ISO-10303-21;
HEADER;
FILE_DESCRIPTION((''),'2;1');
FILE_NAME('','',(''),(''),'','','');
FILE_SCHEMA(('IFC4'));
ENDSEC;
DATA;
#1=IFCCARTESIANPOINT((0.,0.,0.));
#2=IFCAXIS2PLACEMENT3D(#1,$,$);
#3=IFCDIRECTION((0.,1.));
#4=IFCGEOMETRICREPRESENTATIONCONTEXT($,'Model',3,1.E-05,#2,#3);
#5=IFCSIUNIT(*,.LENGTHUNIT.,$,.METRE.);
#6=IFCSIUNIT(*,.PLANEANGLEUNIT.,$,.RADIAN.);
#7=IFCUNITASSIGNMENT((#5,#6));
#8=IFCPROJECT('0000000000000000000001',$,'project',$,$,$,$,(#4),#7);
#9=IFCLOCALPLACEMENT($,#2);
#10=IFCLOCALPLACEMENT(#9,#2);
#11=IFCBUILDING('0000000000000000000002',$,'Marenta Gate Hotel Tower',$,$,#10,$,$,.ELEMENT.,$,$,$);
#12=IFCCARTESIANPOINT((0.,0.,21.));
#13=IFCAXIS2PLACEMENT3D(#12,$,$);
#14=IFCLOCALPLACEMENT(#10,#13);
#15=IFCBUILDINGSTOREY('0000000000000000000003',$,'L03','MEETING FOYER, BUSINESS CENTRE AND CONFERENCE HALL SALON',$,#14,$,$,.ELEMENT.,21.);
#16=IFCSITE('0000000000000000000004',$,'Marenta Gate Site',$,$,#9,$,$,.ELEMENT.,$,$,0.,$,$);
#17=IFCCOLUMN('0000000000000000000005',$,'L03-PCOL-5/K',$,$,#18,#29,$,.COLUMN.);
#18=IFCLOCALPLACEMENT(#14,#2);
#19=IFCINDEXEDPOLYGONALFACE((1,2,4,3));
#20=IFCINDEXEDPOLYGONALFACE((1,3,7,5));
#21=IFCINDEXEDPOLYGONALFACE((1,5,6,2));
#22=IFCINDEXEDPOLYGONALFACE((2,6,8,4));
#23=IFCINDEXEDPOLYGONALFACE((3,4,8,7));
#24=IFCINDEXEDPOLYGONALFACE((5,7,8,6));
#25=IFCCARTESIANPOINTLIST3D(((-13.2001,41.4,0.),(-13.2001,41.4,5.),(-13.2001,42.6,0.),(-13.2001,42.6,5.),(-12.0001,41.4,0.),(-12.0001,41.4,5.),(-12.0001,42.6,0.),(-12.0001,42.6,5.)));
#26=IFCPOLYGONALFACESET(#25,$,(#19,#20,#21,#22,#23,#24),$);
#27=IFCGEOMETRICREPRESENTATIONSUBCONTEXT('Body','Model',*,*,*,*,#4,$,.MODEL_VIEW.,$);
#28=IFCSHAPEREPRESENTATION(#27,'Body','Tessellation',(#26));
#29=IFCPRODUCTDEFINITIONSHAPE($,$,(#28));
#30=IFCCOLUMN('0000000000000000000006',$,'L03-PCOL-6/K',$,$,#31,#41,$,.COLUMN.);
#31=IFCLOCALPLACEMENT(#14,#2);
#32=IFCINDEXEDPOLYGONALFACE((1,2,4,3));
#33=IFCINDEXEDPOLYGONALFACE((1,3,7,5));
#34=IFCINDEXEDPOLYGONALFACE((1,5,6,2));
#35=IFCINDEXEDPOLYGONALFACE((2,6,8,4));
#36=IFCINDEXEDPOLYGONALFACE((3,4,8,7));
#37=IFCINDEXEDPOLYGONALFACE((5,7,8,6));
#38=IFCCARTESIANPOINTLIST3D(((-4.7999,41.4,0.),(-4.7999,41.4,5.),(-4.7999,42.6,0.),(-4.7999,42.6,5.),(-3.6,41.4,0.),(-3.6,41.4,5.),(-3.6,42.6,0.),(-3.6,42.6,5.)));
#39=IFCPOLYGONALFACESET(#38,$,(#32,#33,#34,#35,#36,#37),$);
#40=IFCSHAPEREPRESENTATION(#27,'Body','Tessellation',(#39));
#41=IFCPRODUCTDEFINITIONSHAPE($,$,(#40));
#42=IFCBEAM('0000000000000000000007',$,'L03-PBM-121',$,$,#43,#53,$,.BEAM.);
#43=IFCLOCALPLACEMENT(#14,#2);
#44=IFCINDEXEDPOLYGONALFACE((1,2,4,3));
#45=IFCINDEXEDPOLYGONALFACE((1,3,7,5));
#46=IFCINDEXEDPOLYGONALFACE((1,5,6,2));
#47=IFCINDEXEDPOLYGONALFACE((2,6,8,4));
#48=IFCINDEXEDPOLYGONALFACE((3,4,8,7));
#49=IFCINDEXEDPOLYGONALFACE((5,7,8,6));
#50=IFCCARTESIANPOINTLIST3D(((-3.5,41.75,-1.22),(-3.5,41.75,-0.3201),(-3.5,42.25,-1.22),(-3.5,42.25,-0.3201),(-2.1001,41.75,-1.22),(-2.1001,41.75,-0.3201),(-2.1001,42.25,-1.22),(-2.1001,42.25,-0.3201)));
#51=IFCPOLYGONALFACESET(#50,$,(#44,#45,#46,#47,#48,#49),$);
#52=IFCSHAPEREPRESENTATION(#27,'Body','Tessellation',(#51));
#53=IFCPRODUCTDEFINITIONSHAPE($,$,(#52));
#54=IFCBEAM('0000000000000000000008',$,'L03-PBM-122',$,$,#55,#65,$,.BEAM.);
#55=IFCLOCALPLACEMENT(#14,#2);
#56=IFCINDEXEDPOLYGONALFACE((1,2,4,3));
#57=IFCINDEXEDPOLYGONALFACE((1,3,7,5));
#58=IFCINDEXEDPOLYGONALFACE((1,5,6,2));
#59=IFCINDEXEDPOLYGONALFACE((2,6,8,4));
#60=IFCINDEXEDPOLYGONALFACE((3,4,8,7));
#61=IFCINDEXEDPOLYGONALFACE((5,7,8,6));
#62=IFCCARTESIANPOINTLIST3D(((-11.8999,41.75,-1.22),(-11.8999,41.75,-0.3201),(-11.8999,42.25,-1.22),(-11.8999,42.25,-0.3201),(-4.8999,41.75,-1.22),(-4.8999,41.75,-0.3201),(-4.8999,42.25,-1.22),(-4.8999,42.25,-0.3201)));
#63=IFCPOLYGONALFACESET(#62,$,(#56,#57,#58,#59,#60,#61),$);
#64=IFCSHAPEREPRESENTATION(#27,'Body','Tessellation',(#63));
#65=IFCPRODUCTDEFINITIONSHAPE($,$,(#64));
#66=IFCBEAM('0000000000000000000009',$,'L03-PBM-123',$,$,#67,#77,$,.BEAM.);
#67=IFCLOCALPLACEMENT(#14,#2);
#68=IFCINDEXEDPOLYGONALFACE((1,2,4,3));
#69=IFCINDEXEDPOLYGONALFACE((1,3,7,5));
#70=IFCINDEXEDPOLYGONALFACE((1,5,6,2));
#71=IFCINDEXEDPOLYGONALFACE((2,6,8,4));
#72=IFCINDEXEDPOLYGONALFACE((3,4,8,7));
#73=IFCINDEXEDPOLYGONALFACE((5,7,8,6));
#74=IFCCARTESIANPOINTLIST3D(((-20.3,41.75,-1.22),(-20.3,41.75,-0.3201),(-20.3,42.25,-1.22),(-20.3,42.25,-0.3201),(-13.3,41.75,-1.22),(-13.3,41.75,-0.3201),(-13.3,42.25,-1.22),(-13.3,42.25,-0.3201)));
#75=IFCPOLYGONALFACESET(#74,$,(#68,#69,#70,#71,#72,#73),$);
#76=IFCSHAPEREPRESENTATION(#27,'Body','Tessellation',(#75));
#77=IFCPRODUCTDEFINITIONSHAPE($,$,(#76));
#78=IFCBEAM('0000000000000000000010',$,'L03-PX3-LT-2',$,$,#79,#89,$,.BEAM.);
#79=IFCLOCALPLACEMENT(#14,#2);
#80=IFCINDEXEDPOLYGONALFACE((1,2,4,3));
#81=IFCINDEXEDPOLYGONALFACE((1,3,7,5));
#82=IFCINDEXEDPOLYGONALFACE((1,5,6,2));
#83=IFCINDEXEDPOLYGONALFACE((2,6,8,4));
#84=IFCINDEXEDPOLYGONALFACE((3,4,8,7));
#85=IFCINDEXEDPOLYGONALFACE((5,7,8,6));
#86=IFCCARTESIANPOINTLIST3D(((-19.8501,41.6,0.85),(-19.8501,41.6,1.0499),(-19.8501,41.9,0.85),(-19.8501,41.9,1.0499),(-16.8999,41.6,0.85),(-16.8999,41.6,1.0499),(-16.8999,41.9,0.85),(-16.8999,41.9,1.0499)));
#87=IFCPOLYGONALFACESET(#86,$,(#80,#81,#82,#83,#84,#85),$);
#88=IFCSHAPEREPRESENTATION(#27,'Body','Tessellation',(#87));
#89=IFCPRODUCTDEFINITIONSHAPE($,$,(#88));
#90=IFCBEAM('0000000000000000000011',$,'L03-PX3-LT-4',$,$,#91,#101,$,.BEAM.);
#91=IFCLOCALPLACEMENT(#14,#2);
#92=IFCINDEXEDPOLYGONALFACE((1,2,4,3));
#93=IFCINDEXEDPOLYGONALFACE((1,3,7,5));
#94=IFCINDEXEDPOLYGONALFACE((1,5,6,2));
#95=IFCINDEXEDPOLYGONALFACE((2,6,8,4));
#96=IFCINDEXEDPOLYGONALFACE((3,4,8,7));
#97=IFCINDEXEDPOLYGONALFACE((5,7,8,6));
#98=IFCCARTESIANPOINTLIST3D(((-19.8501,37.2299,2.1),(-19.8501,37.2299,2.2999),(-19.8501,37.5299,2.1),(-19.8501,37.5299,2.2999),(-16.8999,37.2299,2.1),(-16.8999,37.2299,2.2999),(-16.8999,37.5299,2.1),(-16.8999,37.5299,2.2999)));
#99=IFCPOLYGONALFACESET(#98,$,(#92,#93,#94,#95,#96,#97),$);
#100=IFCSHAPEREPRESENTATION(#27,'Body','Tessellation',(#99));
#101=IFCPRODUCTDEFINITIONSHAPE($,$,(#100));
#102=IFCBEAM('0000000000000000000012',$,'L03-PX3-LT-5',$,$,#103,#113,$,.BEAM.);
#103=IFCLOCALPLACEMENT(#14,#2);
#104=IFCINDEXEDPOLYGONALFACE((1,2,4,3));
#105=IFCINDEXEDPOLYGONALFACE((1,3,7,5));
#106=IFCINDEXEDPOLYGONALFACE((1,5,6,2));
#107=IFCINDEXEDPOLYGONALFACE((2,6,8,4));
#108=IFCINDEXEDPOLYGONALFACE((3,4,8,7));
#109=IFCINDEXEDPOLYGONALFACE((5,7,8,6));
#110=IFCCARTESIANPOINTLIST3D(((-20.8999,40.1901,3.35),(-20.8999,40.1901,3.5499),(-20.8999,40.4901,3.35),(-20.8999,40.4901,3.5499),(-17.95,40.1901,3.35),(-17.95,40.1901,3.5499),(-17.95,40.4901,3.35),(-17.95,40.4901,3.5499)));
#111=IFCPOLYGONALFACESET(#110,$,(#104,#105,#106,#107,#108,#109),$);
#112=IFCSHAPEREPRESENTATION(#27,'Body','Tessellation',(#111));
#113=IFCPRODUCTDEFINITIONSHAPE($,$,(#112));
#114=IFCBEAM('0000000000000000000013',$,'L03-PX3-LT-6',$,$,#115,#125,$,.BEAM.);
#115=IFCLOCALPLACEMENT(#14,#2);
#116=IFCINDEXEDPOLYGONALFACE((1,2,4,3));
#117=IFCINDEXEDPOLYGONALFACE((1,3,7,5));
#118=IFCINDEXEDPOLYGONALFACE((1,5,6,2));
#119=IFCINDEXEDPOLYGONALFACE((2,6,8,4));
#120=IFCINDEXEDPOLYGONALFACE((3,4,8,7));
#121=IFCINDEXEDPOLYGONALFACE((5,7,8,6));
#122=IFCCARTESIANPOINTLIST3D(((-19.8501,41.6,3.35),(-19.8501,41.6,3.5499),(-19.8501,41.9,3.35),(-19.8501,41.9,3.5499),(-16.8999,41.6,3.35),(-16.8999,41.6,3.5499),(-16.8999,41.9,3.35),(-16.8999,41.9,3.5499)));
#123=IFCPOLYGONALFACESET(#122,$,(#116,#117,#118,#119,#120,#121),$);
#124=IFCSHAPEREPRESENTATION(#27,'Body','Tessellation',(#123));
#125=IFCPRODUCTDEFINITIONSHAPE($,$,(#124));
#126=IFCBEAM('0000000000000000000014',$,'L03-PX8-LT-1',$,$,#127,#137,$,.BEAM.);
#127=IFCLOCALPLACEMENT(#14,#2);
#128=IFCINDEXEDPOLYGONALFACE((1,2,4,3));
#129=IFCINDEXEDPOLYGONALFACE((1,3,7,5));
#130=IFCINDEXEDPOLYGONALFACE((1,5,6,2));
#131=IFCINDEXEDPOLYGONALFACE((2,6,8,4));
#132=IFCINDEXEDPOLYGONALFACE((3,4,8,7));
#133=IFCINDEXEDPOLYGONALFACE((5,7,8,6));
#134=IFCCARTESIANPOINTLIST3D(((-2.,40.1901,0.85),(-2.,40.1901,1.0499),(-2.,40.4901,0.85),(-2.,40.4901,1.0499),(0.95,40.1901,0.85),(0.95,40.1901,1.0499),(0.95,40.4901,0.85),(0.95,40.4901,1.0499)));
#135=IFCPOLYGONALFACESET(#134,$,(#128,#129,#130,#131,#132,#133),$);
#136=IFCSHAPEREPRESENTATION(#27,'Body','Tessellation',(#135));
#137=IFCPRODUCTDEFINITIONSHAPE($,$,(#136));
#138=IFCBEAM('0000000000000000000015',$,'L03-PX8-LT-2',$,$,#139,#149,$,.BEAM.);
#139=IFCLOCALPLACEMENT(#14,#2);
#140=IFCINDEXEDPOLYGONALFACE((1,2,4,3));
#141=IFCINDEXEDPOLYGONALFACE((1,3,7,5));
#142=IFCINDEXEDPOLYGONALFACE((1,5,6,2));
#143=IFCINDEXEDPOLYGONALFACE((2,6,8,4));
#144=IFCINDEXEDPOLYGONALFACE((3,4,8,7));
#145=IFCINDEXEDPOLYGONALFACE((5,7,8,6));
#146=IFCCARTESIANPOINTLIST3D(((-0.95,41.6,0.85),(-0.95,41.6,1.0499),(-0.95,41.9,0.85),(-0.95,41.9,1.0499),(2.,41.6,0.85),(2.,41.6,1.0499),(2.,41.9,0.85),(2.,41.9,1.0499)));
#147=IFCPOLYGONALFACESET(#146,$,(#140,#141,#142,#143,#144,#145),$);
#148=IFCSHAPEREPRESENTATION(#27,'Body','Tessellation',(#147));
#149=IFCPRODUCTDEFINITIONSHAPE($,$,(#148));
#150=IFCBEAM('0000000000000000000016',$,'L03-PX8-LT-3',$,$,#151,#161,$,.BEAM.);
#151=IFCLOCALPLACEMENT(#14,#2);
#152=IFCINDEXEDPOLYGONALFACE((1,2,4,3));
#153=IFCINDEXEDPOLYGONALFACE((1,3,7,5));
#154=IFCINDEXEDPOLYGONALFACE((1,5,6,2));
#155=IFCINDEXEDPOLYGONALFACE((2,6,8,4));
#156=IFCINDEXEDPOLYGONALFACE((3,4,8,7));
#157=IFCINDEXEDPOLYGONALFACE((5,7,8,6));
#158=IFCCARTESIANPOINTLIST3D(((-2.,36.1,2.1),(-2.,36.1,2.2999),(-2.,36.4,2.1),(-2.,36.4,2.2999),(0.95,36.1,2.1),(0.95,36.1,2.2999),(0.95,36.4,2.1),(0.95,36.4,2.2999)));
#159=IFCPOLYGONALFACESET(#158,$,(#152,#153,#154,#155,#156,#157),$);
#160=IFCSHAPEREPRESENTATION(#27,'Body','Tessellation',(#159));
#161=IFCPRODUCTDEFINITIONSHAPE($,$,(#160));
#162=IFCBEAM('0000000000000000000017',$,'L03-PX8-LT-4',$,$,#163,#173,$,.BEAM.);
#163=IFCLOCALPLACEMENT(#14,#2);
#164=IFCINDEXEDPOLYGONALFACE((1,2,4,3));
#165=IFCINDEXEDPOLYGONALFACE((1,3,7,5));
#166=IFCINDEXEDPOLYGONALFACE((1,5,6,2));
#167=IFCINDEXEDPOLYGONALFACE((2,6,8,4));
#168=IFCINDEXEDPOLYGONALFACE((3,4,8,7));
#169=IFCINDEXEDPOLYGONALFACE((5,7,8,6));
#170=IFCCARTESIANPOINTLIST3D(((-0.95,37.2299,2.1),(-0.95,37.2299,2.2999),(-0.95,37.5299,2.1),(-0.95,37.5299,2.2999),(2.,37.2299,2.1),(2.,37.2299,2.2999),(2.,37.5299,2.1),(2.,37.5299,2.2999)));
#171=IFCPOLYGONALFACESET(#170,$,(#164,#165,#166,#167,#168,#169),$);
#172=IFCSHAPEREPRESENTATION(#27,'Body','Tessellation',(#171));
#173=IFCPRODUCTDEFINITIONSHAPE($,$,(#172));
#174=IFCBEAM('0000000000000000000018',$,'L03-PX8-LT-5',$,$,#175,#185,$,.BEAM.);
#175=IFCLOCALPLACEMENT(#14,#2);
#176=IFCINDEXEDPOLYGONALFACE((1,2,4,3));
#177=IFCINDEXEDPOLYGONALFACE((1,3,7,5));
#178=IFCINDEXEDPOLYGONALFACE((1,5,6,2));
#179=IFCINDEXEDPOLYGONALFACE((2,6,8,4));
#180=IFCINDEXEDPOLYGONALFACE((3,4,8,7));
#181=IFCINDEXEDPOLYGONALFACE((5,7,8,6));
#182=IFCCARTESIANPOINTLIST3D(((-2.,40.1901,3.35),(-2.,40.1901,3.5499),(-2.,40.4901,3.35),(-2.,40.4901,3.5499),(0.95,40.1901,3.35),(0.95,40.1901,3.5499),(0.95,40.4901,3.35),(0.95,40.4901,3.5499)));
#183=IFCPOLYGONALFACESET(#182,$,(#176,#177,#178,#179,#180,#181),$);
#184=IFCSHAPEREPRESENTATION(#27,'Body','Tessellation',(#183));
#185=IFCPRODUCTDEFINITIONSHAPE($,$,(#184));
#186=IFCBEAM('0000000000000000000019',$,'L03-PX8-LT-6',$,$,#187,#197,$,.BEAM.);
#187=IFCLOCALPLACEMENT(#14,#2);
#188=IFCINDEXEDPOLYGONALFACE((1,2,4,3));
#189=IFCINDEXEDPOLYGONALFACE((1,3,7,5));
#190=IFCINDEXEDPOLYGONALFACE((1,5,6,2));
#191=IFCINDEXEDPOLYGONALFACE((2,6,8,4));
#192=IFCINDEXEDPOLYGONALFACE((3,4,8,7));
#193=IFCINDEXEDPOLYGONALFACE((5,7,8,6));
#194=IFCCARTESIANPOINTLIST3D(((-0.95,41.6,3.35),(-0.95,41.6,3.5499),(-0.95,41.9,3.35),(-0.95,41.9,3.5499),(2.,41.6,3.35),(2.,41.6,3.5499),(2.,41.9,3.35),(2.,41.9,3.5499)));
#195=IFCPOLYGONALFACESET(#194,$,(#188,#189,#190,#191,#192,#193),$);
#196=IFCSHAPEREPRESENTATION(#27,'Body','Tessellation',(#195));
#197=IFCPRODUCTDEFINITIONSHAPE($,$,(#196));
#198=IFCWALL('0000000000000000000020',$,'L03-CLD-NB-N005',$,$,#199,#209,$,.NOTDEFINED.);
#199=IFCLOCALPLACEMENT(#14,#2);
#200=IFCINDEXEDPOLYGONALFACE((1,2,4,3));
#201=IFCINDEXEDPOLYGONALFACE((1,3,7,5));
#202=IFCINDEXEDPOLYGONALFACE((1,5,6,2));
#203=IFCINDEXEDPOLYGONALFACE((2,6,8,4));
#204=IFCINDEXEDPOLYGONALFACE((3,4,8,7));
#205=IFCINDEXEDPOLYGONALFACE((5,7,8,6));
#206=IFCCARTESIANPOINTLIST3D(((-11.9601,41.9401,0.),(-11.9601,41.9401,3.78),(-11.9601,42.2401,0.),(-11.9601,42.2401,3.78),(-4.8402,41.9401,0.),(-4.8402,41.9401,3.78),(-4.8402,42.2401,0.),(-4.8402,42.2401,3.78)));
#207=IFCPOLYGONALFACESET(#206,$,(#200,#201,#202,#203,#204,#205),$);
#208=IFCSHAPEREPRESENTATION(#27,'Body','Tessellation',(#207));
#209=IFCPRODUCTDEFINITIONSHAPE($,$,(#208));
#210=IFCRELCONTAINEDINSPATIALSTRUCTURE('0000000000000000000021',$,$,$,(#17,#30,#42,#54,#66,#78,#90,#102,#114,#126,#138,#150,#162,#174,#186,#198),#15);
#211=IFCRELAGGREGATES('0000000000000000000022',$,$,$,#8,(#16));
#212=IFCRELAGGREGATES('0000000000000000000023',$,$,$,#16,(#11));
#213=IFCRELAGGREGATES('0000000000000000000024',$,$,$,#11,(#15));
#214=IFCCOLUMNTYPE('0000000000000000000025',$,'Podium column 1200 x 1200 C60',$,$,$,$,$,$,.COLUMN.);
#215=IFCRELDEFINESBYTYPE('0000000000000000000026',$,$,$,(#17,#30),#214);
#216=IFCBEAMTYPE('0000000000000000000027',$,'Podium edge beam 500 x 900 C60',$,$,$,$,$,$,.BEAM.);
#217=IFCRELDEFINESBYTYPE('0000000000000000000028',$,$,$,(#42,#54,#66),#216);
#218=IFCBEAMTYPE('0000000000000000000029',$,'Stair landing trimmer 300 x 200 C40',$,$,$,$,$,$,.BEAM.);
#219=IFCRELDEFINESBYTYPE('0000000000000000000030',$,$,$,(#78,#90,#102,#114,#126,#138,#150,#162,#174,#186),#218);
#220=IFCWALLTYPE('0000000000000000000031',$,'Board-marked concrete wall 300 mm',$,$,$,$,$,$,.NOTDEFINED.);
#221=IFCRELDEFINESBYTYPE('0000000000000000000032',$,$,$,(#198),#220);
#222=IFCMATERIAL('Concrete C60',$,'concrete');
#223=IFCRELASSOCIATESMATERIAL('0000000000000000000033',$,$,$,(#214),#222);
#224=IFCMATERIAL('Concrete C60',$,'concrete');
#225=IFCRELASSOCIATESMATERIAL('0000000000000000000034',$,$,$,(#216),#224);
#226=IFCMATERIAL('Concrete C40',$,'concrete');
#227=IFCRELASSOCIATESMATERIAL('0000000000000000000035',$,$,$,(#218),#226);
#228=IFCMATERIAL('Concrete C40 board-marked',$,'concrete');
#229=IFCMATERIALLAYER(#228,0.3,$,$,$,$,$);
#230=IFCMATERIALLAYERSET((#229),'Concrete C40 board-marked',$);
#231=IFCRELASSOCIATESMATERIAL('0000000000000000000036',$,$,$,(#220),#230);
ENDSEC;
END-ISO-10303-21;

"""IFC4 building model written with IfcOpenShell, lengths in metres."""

from ifc_helpers import new_model, si_unit, direction, frame, frame_2d, origin, origin_2d, place, context, subcontext, project, spatial, rectangle, extrude, material, layer, layer_set, material_profile, profile_set, type_object, element, save


model = new_model("IFC4")

# Units and contexts
model_context = context("Model", 3, precision=1e-05, world=origin(), true_north=direction((0.0, 1.0)))
body_context = subcontext(model_context, "Body", "Model", "MODEL_VIEW")
ifc_project = project(units=[si_unit("LENGTHUNIT", "METRE"), si_unit("PLANEANGLEUNIT", "RADIAN")], contexts=[model_context])

# Site, building, storey
site_placement = place(None, origin())
site = spatial("IfcSite", under=ifc_project, at=site_placement, Name="Marenta Gate Site", CompositionType="ELEMENT", RefElevation=0.0)
building_placement = place(site_placement, origin())
building = spatial("IfcBuilding", under=site, at=building_placement, Name="Marenta Gate Hotel Tower", CompositionType="ELEMENT")
storey_placement = place(building_placement, frame((0.0, 0.0, 21.0)))
storey = spatial("IfcBuildingStorey", under=building, at=storey_placement, Name="L03", Description="MEETING FOYER, BUSINESS CENTRE AND CONFERENCE HALL SALON", CompositionType="ELEMENT", Elevation=21.0)

# Columns
ifc_material_1 = material(Name="Concrete C60", Category="concrete")
ifc_material_profile_1 = material_profile(ifc_material_1, rectangle(XDim=1.2, YDim=1.2, at=origin_2d()), Name="1200 x 1200")
ifc_profile_set_1 = profile_set([ifc_material_profile_1], Name="Concrete C60")
column_type = type_object("IfcColumnType", Name="Podium column 1200 x 1200 C60", PredefinedType="COLUMN", material=ifc_profile_set_1)
for number, where, z_axis, x_axis, name in (
    (1, (-12.6001, 42.0, 0.0), (0.0, 0.0, 1.0), (1.0, 0.0, 0.0), "L03-PCOL-5/K"),
    (2, (-4.2, 42.0, 0.0), (0.0, 0.0, 1.0), (1.0, 0.0, 0.0), "L03-PCOL-6/K"),
):
    element("IfcColumn", number, at=place(storey_placement, frame(where, z_axis=z_axis, x_axis=x_axis)), inside=storey, type_object=column_type, Name=name, PredefinedType="COLUMN", context=body_context, shape_type="SweptSolid", body=[
        extrude(rectangle(XDim=1.2, YDim=1.2, at=origin_2d()), origin(), (0.0, 0.0, 1.0), 5.0),
    ])

# Beams
ifc_material_2 = material(Name="Concrete C60", Category="concrete")
ifc_material_profile_2 = material_profile(ifc_material_2, rectangle(XDim=0.5, YDim=0.8999, at=origin_2d()), Name="500 x 900")
ifc_profile_set_2 = profile_set([ifc_material_profile_2], Name="Concrete C60")
beam_type_1 = type_object("IfcBeamType", Name="Podium edge beam 500 x 900 C60", PredefinedType="BEAM", material=ifc_profile_set_2)
beam_1_placement = place(storey_placement, frame((-2.1001, 42.0, -0.77), z_axis=(-1.0, 0.0, 0.0), x_axis=(0.0, -1.0, 0.0)))
element("IfcBeam", 3, at=beam_1_placement, inside=storey, type_object=beam_type_1, Name="L03-PBM-121", PredefinedType="BEAM", context=body_context, shape_type="SweptSolid", body=[
    extrude(rectangle(XDim=0.5, YDim=0.8999, at=origin_2d()), origin(), (0.0, 0.0, 1.0), 1.3999),
])
for number, where, z_axis, x_axis, name in (
    (4, (-4.8999, 42.0, -0.77), (-1.0, 0.0, 0.0), (0.0, -1.0, 0.0), "L03-PBM-122"),
    (5, (-13.3, 42.0, -0.77), (-1.0, 0.0, 0.0), (0.0, -1.0, 0.0), "L03-PBM-123"),
):
    element("IfcBeam", number, at=place(storey_placement, frame(where, z_axis=z_axis, x_axis=x_axis)), inside=storey, type_object=beam_type_1, Name=name, PredefinedType="BEAM", context=body_context, shape_type="SweptSolid", body=[
        extrude(rectangle(XDim=0.5, YDim=0.8999, at=origin_2d()), origin(), (0.0, 0.0, 1.0), 7.0),
    ])
ifc_material_3 = material(Name="Concrete C40", Category="concrete")
ifc_material_profile_3 = material_profile(ifc_material_3, rectangle(XDim=0.3, YDim=0.2, at=origin_2d()), Name="300 x 200")
ifc_profile_set_3 = profile_set([ifc_material_profile_3], Name="Concrete C40")
beam_type_2 = type_object("IfcBeamType", Name="Stair landing trimmer 300 x 200 C40", PredefinedType="BEAM", material=ifc_profile_set_3)
for number, where, z_axis, x_axis, name in (
    (6, (-19.8501, 41.75, 0.95), (1.0, 0.0, 0.0), (0.0, 1.0, 0.0), "L03-PX3-LT-2"),
    (7, (-19.8501, 37.3799, 2.2), (1.0, 0.0, 0.0), (0.0, 1.0, 0.0), "L03-PX3-LT-4"),
):
    element("IfcBeam", number, at=place(storey_placement, frame(where, z_axis=z_axis, x_axis=x_axis)), inside=storey, type_object=beam_type_2, Name=name, PredefinedType="BEAM", context=body_context, shape_type="SweptSolid", body=[
        extrude(rectangle(XDim=0.3, YDim=0.2, at=origin_2d()), origin(), (0.0, 0.0, 1.0), 2.9502),
    ])
beam_2_placement = place(storey_placement, frame((-20.8999, 40.3401, 3.45), z_axis=(1.0, 0.0, 0.0), x_axis=(0.0, 1.0, 0.0)))
element("IfcBeam", 8, at=beam_2_placement, inside=storey, type_object=beam_type_2, Name="L03-PX3-LT-5", PredefinedType="BEAM", context=body_context, shape_type="SweptSolid", body=[
    extrude(rectangle(XDim=0.3, YDim=0.2, at=origin_2d()), origin(), (0.0, 0.0, 1.0), 2.95),
])
beam_3_placement = place(storey_placement, frame((-19.8501, 41.75, 3.45), z_axis=(1.0, 0.0, 0.0), x_axis=(0.0, 1.0, 0.0)))
element("IfcBeam", 9, at=beam_3_placement, inside=storey, type_object=beam_type_2, Name="L03-PX3-LT-6", PredefinedType="BEAM", context=body_context, shape_type="SweptSolid", body=[
    extrude(rectangle(XDim=0.3, YDim=0.2, at=origin_2d()), origin(), (0.0, 0.0, 1.0), 2.9502),
])
for number, where, z_axis, x_axis, name in (
    (10, (-2.0, 40.3401, 0.95), (1.0, 0.0, 0.0), (0.0, 1.0, 0.0), "L03-PX8-LT-1"),
    (11, (-0.95, 41.75, 0.95), (1.0, 0.0, 0.0), (0.0, 1.0, 0.0), "L03-PX8-LT-2"),
    (12, (-2.0, 36.25, 2.2), (1.0, 0.0, 0.0), (0.0, 1.0, 0.0), "L03-PX8-LT-3"),
    (13, (-0.95, 37.3799, 2.2), (1.0, 0.0, 0.0), (0.0, 1.0, 0.0), "L03-PX8-LT-4"),
    (14, (-2.0, 40.3401, 3.45), (1.0, 0.0, 0.0), (0.0, 1.0, 0.0), "L03-PX8-LT-5"),
    (15, (-0.95, 41.75, 3.45), (1.0, 0.0, 0.0), (0.0, 1.0, 0.0), "L03-PX8-LT-6"),
):
    element("IfcBeam", number, at=place(storey_placement, frame(where, z_axis=z_axis, x_axis=x_axis)), inside=storey, type_object=beam_type_2, Name=name, PredefinedType="BEAM", context=body_context, shape_type="SweptSolid", body=[
        extrude(rectangle(XDim=0.3, YDim=0.2, at=origin_2d()), origin(), (0.0, 0.0, 1.0), 2.95),
    ])

# Wall
ifc_material_4 = material(Name="Concrete C40 board-marked", Category="concrete")
ifc_layer = layer(ifc_material_4, 0.3)
ifc_layer_set = layer_set([ifc_layer], Name="Concrete C40 board-marked")
wall_type = type_object("IfcWallType", Name="Board-marked concrete wall 300 mm", PredefinedType="NOTDEFINED", material=ifc_layer_set)
wall_1_placement = place(storey_placement, frame((-4.8401, 42.0901, 0.0), z_axis=(0.0, 0.0, 1.0), x_axis=(-1.0, 0.0, 0.0)))
element("IfcWall", 16, at=wall_1_placement, inside=storey, type_object=wall_type, Name="L03-CLD-NB-N005", PredefinedType="NOTDEFINED", context=body_context, shape_type="SweptSolid", body=[
    extrude(rectangle(XDim=7.1199, YDim=0.3, at=frame_2d((3.5601, 0.0))), origin(), (0.0, 0.0, 1.0), 3.78),
])

save(model, "model.ifc")
